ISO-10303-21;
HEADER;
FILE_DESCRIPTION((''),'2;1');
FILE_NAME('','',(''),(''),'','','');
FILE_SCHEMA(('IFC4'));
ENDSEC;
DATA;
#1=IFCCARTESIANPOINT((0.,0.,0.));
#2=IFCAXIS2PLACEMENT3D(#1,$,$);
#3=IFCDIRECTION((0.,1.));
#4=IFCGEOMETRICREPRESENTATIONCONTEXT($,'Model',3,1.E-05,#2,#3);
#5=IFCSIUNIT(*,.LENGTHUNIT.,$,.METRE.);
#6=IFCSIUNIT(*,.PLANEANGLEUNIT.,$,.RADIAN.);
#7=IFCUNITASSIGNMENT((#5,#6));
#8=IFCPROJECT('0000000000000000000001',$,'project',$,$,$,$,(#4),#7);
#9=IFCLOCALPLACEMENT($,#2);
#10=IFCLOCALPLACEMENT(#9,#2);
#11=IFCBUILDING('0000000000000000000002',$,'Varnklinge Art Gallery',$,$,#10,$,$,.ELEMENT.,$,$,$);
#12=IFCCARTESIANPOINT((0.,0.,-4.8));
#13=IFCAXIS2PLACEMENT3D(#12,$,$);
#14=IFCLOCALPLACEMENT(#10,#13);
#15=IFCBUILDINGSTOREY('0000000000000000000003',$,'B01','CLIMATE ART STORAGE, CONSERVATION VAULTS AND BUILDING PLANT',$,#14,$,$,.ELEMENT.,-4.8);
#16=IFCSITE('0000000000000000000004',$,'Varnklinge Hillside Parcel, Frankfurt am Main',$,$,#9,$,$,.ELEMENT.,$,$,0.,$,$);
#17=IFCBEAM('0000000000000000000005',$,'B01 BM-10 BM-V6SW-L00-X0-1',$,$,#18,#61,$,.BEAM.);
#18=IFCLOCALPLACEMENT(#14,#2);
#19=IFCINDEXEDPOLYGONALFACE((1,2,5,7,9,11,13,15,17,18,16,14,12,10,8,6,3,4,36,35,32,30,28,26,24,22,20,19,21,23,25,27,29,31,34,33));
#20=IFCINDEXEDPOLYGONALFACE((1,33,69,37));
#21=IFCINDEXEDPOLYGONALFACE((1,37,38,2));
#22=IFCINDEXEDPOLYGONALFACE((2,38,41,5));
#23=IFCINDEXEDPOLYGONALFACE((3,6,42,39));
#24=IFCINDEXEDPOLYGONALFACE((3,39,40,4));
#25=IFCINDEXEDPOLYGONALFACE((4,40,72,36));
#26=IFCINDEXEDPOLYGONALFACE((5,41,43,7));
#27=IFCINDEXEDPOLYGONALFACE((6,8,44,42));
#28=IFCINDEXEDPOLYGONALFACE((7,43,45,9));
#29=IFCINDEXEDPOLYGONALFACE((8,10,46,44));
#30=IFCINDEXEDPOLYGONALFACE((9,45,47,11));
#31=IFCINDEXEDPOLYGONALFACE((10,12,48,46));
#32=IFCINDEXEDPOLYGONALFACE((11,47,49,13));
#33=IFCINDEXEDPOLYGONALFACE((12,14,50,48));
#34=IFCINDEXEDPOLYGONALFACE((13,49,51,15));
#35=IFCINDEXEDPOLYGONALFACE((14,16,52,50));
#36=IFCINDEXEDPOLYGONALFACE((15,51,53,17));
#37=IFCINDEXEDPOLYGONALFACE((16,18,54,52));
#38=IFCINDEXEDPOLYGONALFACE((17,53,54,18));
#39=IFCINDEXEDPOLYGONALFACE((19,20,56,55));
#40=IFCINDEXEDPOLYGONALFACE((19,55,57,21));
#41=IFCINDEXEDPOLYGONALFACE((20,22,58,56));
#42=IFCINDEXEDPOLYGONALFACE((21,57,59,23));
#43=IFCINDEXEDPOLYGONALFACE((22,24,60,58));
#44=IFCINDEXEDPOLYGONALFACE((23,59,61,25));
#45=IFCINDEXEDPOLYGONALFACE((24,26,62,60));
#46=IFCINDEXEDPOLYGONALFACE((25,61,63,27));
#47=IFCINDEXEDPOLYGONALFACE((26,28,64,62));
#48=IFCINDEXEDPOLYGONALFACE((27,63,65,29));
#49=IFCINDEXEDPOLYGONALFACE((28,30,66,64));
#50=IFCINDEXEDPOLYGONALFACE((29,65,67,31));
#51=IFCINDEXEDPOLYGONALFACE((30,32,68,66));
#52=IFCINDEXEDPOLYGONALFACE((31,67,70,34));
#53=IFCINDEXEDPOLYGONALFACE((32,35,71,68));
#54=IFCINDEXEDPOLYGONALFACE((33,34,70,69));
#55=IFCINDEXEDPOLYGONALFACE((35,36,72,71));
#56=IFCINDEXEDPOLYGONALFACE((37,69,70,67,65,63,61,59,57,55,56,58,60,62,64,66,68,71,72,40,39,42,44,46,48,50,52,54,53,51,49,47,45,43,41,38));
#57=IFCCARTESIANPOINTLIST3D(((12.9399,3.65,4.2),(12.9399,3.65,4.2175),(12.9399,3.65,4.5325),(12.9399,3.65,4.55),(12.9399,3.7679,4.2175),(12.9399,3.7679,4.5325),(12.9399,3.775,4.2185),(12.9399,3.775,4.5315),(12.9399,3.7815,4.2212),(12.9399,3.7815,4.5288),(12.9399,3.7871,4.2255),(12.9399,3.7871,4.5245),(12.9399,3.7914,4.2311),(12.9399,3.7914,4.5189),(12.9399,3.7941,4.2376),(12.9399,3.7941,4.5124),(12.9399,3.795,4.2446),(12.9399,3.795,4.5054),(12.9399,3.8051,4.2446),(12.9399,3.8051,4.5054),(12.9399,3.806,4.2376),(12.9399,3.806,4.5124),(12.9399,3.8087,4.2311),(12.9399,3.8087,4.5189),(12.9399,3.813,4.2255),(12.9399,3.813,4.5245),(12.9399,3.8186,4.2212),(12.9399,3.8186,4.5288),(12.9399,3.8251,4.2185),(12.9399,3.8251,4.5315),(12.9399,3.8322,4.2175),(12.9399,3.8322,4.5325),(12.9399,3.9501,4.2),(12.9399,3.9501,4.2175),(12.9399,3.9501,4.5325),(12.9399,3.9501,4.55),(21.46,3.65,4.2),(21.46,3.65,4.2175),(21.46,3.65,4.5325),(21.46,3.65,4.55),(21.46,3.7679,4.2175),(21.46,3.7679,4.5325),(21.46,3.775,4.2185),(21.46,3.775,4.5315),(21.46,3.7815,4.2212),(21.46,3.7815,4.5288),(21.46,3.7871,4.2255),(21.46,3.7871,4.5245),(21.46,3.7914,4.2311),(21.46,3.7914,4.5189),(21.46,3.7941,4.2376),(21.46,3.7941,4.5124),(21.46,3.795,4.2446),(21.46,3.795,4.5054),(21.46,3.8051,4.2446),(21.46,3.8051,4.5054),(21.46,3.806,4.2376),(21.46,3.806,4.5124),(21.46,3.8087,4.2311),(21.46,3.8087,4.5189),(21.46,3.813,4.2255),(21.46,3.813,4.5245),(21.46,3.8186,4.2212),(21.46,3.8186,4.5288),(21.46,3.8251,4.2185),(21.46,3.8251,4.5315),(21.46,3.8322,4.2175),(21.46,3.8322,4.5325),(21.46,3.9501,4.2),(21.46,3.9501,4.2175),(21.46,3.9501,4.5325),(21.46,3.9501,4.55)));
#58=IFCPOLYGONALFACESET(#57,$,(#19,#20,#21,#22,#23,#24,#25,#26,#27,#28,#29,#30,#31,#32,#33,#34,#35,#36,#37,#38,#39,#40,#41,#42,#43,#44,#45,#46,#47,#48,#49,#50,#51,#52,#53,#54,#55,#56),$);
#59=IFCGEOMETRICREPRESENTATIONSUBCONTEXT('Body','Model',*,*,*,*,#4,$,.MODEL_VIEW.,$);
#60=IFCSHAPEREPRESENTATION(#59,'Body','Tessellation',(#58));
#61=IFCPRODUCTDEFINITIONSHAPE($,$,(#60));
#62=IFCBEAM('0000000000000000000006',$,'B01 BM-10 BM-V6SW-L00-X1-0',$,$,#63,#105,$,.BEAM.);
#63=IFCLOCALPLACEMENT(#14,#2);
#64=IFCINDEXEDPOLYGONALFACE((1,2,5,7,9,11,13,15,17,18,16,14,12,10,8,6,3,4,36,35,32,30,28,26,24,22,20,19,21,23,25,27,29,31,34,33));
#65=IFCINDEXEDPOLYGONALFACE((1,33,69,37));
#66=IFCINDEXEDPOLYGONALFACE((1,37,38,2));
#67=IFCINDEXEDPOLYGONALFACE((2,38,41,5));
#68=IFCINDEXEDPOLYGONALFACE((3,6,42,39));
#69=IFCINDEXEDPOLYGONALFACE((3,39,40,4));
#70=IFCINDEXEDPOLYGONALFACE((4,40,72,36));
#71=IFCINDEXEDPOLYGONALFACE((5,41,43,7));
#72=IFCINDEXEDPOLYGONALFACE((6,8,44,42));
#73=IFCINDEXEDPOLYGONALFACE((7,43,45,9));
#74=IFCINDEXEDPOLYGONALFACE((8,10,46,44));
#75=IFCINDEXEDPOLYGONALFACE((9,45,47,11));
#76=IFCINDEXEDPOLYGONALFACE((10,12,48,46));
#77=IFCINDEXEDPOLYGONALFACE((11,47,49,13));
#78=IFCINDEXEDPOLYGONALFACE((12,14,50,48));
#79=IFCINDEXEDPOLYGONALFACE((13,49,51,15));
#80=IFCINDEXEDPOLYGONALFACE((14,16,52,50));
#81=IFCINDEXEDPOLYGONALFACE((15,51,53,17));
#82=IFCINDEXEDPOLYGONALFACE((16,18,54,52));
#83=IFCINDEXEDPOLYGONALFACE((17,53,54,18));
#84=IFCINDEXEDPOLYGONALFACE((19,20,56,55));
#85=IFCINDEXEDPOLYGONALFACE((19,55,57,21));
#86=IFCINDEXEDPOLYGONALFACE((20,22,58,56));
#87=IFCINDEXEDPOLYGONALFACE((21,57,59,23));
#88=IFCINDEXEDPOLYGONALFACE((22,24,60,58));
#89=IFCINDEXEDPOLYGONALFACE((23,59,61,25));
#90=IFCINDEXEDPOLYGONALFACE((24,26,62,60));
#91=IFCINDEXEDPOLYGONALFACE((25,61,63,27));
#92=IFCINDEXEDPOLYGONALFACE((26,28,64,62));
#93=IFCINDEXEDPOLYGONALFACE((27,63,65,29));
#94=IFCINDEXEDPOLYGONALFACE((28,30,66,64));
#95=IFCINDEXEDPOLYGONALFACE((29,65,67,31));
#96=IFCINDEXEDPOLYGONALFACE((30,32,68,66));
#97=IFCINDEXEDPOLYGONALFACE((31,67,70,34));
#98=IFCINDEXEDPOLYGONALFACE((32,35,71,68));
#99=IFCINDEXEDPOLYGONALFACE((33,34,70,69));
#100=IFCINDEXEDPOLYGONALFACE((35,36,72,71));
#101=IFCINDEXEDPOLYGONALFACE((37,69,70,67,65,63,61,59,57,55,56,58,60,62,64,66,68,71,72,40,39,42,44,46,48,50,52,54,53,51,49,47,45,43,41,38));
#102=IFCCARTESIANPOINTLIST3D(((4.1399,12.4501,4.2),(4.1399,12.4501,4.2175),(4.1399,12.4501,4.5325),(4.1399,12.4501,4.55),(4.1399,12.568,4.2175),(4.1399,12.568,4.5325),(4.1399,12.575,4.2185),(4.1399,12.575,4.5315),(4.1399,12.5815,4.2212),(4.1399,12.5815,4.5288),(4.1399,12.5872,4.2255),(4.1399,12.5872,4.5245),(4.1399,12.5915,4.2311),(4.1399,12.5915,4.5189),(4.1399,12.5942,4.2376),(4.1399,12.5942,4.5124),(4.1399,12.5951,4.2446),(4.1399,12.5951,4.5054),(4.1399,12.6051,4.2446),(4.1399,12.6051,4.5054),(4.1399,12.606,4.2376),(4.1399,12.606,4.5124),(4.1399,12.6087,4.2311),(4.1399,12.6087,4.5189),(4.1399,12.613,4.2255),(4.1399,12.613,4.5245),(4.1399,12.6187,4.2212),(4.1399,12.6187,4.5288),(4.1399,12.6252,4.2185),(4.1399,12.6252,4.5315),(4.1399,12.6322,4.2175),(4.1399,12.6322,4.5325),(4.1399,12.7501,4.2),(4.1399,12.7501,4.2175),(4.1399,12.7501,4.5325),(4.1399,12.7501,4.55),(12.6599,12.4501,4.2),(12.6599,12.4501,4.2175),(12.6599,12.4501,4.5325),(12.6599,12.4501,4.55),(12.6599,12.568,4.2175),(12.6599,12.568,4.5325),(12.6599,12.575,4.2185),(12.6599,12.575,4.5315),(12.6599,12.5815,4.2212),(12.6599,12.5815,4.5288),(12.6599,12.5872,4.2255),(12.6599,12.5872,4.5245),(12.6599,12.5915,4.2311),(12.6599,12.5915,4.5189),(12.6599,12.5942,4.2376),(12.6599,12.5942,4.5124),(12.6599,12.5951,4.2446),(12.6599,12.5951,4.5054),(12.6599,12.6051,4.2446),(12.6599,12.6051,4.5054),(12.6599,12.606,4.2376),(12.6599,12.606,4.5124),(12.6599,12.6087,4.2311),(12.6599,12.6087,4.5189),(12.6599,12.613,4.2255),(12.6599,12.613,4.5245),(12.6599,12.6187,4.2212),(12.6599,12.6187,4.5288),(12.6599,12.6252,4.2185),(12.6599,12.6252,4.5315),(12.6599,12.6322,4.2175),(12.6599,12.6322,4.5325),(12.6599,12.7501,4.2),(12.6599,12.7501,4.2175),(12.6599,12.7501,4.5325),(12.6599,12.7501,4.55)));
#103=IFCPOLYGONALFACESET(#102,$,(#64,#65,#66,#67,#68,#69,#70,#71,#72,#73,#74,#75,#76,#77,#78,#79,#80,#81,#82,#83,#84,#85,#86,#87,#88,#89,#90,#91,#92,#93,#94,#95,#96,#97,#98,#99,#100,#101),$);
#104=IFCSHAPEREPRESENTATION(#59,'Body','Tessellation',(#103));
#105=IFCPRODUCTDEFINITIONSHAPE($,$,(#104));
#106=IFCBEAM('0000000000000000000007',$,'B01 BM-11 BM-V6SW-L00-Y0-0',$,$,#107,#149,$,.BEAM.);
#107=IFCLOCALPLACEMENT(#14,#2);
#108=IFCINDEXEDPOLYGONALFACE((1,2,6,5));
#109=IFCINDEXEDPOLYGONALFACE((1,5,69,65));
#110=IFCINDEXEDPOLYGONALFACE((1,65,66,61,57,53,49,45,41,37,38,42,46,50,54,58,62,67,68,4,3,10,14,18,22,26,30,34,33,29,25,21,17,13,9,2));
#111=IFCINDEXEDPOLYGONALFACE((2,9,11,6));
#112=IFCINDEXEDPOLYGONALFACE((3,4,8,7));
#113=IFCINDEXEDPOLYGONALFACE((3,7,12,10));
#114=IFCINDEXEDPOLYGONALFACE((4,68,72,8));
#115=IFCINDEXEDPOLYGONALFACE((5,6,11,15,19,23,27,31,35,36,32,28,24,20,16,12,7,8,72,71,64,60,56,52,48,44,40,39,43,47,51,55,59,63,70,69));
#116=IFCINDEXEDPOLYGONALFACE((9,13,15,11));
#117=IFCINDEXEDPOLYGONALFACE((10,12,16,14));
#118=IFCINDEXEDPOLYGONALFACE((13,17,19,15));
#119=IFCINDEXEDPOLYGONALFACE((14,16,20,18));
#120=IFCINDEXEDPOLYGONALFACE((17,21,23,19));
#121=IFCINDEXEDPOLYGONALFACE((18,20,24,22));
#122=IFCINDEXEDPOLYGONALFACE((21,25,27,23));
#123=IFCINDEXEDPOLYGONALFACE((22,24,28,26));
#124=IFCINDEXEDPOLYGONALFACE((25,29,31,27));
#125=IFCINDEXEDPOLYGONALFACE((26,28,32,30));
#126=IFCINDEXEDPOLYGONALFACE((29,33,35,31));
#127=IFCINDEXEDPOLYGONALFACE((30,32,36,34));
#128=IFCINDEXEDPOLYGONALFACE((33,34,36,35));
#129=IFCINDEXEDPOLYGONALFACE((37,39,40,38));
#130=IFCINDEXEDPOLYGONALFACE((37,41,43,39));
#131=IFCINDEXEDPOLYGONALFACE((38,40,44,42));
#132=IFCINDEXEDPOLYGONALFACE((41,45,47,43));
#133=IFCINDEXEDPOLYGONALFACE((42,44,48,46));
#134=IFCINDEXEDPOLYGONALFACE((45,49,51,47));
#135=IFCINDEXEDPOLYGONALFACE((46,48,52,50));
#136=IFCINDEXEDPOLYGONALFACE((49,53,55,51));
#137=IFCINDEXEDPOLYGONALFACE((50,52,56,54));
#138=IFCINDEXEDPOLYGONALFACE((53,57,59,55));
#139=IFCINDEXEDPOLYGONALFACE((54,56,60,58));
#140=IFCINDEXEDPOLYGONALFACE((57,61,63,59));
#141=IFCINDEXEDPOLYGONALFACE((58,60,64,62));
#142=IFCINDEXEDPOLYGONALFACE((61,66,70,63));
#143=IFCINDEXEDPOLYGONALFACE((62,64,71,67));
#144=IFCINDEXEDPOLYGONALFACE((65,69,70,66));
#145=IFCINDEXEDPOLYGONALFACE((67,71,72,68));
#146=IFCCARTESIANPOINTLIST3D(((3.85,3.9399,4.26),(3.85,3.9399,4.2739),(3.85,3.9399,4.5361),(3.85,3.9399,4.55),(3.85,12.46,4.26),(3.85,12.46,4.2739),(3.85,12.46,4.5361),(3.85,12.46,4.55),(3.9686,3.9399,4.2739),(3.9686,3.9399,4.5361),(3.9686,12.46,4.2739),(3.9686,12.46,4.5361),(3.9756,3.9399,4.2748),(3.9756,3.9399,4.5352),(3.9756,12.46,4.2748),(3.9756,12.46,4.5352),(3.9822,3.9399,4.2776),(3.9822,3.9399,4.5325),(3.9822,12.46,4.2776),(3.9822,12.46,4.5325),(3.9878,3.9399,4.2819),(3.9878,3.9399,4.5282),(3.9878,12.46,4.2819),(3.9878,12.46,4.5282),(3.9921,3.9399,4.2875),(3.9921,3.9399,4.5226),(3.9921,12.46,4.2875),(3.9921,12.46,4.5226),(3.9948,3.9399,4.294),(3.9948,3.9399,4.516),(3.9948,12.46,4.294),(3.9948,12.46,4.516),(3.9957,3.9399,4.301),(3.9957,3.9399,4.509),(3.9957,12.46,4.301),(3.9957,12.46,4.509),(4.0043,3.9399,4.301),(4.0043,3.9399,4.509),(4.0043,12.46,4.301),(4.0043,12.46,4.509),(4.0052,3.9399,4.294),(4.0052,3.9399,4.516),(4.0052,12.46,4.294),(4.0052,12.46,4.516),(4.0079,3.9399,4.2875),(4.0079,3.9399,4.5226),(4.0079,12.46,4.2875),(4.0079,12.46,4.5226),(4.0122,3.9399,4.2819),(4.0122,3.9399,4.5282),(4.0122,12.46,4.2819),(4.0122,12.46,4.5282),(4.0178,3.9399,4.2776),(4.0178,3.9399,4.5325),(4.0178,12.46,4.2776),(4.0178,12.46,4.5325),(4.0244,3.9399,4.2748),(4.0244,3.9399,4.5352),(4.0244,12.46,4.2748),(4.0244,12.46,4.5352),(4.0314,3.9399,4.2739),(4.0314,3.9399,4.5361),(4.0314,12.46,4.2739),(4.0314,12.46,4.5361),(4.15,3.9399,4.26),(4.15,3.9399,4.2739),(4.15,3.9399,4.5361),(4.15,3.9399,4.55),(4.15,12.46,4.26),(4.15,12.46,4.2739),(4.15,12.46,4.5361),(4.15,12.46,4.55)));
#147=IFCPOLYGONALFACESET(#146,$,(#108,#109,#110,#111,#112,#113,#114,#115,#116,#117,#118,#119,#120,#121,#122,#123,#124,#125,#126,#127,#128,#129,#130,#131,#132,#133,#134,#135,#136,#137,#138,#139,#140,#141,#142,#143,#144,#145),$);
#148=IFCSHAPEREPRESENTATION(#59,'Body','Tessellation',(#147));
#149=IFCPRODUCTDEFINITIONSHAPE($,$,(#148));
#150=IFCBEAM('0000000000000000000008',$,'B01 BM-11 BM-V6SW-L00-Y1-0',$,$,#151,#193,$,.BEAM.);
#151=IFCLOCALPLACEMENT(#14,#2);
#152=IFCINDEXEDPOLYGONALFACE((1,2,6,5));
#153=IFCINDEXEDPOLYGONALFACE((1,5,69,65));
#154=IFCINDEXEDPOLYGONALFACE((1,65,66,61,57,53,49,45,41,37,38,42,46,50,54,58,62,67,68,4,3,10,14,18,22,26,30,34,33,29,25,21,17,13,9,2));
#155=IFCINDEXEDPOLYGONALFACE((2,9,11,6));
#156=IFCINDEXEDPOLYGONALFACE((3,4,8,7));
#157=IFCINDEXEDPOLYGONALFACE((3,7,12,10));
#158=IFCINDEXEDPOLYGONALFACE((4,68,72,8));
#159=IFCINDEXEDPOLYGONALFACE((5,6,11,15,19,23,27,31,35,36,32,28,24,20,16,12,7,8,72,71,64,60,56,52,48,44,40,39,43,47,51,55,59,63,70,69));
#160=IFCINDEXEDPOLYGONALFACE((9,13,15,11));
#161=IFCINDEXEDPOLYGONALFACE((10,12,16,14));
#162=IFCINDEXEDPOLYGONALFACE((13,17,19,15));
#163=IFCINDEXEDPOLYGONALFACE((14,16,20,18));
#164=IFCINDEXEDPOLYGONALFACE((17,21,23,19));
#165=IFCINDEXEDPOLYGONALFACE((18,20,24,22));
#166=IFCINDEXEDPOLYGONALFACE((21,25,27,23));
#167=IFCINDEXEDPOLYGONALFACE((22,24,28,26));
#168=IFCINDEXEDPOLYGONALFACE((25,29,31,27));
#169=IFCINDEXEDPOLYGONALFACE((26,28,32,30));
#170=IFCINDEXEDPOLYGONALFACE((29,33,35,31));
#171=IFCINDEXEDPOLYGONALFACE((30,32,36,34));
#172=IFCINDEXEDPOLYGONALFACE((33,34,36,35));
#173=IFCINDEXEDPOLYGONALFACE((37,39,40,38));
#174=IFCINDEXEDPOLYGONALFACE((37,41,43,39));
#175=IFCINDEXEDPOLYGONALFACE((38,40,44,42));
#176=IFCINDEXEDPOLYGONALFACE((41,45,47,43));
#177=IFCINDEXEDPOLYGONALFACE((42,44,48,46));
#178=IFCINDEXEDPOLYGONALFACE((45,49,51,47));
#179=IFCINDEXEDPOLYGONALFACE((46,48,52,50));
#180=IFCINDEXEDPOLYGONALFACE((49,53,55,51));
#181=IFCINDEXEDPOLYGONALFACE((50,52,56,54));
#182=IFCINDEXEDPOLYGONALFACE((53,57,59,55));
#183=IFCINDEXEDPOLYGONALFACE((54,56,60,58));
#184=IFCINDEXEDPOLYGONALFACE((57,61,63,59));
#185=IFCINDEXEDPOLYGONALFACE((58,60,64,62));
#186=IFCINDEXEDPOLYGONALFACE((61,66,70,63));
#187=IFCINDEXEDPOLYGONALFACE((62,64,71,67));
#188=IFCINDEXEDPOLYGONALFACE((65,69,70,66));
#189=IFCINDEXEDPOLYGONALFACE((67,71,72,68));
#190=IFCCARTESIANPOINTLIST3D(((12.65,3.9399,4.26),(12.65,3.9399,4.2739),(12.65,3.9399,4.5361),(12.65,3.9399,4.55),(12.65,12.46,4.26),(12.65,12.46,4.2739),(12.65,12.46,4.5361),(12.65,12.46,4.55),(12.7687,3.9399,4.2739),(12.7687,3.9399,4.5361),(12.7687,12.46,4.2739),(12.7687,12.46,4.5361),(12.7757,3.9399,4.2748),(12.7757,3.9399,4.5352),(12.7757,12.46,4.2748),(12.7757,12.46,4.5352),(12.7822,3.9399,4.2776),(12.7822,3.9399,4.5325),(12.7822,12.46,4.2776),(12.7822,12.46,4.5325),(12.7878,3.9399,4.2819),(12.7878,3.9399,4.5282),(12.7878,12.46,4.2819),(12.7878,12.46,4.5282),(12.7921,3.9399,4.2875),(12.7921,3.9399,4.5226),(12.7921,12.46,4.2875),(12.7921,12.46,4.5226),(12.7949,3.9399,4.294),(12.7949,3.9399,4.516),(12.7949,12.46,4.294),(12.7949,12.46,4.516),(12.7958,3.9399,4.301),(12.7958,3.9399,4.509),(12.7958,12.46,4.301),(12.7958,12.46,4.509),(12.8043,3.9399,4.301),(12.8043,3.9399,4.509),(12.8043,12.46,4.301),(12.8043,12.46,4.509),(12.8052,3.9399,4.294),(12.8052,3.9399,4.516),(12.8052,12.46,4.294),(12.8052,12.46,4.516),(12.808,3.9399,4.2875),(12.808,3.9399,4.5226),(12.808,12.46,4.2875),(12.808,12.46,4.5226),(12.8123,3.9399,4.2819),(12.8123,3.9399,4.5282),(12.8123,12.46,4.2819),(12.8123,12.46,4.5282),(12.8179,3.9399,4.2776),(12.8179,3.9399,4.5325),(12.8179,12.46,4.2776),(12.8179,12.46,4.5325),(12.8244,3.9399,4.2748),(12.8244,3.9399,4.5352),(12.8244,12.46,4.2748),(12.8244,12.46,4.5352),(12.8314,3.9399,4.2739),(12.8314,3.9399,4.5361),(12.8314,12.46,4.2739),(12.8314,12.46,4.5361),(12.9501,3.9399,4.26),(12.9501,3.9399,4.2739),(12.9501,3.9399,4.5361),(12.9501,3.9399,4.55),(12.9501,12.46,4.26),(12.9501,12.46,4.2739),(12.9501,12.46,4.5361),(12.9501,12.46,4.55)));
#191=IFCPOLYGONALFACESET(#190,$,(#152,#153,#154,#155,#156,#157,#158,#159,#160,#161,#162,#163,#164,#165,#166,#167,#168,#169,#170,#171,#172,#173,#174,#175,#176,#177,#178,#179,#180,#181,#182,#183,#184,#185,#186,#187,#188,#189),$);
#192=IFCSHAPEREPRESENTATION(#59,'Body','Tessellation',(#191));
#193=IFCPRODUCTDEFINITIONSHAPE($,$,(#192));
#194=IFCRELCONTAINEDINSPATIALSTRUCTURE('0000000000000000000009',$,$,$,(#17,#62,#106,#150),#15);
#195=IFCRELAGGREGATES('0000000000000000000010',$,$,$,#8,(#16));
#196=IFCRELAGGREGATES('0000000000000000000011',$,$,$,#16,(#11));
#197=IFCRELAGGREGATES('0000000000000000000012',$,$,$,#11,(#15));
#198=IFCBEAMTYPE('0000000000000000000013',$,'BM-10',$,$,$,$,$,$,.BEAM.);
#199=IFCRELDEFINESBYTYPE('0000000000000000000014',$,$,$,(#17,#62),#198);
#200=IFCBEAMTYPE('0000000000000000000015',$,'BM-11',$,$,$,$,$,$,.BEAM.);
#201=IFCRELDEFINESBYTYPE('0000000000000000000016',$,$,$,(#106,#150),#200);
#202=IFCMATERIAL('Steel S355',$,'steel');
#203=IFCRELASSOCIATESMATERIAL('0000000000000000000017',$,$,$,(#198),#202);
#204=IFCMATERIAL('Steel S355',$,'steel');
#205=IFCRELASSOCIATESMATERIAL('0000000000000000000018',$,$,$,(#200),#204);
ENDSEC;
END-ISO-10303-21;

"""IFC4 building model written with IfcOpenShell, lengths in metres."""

from ifc_helpers import new_model, si_unit, direction, frame, origin, origin_2d, place, context, subcontext, project, spatial, i_section, extrude, material, material_profile, profile_set, type_object, element, save


model = new_model("IFC4")

# Units and contexts
model_context = context("Model", 3, precision=1e-05, world=origin(), true_north=direction((0.0, 1.0)))
body_context = subcontext(model_context, "Body", "Model", "MODEL_VIEW")
ifc_project = project(units=[si_unit("LENGTHUNIT", "METRE"), si_unit("PLANEANGLEUNIT", "RADIAN")], contexts=[model_context])

# Site, building, storey
site_placement = place(None, origin())
site = spatial("IfcSite", under=ifc_project, at=site_placement, Name="Varnklinge Hillside Parcel, Frankfurt am Main", CompositionType="ELEMENT", RefElevation=0.0)
building_placement = place(site_placement, origin())
building = spatial("IfcBuilding", under=site, at=building_placement, Name="Varnklinge Art Gallery", CompositionType="ELEMENT")
storey_placement = place(building_placement, frame((0.0, 0.0, -4.8)))
storey = spatial("IfcBuildingStorey", under=building, at=storey_placement, Name="B01", Description="CLIMATE ART STORAGE, CONSERVATION VAULTS AND BUILDING PLANT", CompositionType="ELEMENT", Elevation=-4.8)

# Beams
ifc_material_1 = material(Name="Steel S355", Category="steel")
ifc_material_profile_1 = material_profile(ifc_material_1, i_section(OverallWidth=0.3, OverallDepth=0.3501, WebThickness=0.01, FlangeThickness=0.0176, FilletRadius=0.0271, at=origin_2d()), Name="HEA 360")
ifc_profile_set_1 = profile_set([ifc_material_profile_1], Name="Steel S355")
beam_type_1 = type_object("IfcBeamType", Name="BM-10", PredefinedType="BEAM", material=ifc_profile_set_1)
for number, where, z_axis, x_axis, name in (
    (1, (12.9399, 3.8, 4.375), (1.0, 0.0, 0.0), (0.0, 1.0, 0.0), "B01 BM-10 BM-V6SW-L00-X0-1"),
    (2, (4.1399, 12.6001, 4.375), (1.0, 0.0, 0.0), (0.0, 1.0, 0.0), "B01 BM-10 BM-V6SW-L00-X1-0"),
):
    element("IfcBeam", number, at=place(storey_placement, frame(where, z_axis=z_axis, x_axis=x_axis)), inside=storey, type_object=beam_type_1, Name=name, PredefinedType="BEAM", context=body_context, shape_type="SweptSolid", body=[
        extrude(i_section(OverallWidth=0.3, OverallDepth=0.3501, WebThickness=0.01, FlangeThickness=0.0176, FilletRadius=0.0271, at=origin_2d()), origin(), (0.0, 0.0, 1.0), 8.52),
    ])
ifc_material_2 = material(Name="Steel S355", Category="steel")
ifc_material_profile_2 = material_profile(ifc_material_2, i_section(OverallWidth=0.3, OverallDepth=0.29, WebThickness=0.0085, FlangeThickness=0.0139, FilletRadius=0.0271, at=origin_2d()), Name="HEA 300")
ifc_profile_set_2 = profile_set([ifc_material_profile_2], Name="Steel S355")
beam_type_2 = type_object("IfcBeamType", Name="BM-11", PredefinedType="BEAM", material=ifc_profile_set_2)
for number, where, z_axis, x_axis, name in (
    (3, (4.0, 3.9399, 4.405), (0.0, 1.0, 0.0), (-1.0, 0.0, 0.0), "B01 BM-11 BM-V6SW-L00-Y0-0"),
    (4, (12.8, 3.9399, 4.405), (0.0, 1.0, 0.0), (-1.0, 0.0, 0.0), "B01 BM-11 BM-V6SW-L00-Y1-0"),
):
    element("IfcBeam", number, at=place(storey_placement, frame(where, z_axis=z_axis, x_axis=x_axis)), inside=storey, type_object=beam_type_2, Name=name, PredefinedType="BEAM", context=body_context, shape_type="SweptSolid", body=[
        extrude(i_section(OverallWidth=0.3, OverallDepth=0.29, WebThickness=0.0085, FlangeThickness=0.0139, FilletRadius=0.0271, at=origin_2d()), origin(), (0.0, 0.0, 1.0), 8.52),
    ])

save(model, "model.ifc")
